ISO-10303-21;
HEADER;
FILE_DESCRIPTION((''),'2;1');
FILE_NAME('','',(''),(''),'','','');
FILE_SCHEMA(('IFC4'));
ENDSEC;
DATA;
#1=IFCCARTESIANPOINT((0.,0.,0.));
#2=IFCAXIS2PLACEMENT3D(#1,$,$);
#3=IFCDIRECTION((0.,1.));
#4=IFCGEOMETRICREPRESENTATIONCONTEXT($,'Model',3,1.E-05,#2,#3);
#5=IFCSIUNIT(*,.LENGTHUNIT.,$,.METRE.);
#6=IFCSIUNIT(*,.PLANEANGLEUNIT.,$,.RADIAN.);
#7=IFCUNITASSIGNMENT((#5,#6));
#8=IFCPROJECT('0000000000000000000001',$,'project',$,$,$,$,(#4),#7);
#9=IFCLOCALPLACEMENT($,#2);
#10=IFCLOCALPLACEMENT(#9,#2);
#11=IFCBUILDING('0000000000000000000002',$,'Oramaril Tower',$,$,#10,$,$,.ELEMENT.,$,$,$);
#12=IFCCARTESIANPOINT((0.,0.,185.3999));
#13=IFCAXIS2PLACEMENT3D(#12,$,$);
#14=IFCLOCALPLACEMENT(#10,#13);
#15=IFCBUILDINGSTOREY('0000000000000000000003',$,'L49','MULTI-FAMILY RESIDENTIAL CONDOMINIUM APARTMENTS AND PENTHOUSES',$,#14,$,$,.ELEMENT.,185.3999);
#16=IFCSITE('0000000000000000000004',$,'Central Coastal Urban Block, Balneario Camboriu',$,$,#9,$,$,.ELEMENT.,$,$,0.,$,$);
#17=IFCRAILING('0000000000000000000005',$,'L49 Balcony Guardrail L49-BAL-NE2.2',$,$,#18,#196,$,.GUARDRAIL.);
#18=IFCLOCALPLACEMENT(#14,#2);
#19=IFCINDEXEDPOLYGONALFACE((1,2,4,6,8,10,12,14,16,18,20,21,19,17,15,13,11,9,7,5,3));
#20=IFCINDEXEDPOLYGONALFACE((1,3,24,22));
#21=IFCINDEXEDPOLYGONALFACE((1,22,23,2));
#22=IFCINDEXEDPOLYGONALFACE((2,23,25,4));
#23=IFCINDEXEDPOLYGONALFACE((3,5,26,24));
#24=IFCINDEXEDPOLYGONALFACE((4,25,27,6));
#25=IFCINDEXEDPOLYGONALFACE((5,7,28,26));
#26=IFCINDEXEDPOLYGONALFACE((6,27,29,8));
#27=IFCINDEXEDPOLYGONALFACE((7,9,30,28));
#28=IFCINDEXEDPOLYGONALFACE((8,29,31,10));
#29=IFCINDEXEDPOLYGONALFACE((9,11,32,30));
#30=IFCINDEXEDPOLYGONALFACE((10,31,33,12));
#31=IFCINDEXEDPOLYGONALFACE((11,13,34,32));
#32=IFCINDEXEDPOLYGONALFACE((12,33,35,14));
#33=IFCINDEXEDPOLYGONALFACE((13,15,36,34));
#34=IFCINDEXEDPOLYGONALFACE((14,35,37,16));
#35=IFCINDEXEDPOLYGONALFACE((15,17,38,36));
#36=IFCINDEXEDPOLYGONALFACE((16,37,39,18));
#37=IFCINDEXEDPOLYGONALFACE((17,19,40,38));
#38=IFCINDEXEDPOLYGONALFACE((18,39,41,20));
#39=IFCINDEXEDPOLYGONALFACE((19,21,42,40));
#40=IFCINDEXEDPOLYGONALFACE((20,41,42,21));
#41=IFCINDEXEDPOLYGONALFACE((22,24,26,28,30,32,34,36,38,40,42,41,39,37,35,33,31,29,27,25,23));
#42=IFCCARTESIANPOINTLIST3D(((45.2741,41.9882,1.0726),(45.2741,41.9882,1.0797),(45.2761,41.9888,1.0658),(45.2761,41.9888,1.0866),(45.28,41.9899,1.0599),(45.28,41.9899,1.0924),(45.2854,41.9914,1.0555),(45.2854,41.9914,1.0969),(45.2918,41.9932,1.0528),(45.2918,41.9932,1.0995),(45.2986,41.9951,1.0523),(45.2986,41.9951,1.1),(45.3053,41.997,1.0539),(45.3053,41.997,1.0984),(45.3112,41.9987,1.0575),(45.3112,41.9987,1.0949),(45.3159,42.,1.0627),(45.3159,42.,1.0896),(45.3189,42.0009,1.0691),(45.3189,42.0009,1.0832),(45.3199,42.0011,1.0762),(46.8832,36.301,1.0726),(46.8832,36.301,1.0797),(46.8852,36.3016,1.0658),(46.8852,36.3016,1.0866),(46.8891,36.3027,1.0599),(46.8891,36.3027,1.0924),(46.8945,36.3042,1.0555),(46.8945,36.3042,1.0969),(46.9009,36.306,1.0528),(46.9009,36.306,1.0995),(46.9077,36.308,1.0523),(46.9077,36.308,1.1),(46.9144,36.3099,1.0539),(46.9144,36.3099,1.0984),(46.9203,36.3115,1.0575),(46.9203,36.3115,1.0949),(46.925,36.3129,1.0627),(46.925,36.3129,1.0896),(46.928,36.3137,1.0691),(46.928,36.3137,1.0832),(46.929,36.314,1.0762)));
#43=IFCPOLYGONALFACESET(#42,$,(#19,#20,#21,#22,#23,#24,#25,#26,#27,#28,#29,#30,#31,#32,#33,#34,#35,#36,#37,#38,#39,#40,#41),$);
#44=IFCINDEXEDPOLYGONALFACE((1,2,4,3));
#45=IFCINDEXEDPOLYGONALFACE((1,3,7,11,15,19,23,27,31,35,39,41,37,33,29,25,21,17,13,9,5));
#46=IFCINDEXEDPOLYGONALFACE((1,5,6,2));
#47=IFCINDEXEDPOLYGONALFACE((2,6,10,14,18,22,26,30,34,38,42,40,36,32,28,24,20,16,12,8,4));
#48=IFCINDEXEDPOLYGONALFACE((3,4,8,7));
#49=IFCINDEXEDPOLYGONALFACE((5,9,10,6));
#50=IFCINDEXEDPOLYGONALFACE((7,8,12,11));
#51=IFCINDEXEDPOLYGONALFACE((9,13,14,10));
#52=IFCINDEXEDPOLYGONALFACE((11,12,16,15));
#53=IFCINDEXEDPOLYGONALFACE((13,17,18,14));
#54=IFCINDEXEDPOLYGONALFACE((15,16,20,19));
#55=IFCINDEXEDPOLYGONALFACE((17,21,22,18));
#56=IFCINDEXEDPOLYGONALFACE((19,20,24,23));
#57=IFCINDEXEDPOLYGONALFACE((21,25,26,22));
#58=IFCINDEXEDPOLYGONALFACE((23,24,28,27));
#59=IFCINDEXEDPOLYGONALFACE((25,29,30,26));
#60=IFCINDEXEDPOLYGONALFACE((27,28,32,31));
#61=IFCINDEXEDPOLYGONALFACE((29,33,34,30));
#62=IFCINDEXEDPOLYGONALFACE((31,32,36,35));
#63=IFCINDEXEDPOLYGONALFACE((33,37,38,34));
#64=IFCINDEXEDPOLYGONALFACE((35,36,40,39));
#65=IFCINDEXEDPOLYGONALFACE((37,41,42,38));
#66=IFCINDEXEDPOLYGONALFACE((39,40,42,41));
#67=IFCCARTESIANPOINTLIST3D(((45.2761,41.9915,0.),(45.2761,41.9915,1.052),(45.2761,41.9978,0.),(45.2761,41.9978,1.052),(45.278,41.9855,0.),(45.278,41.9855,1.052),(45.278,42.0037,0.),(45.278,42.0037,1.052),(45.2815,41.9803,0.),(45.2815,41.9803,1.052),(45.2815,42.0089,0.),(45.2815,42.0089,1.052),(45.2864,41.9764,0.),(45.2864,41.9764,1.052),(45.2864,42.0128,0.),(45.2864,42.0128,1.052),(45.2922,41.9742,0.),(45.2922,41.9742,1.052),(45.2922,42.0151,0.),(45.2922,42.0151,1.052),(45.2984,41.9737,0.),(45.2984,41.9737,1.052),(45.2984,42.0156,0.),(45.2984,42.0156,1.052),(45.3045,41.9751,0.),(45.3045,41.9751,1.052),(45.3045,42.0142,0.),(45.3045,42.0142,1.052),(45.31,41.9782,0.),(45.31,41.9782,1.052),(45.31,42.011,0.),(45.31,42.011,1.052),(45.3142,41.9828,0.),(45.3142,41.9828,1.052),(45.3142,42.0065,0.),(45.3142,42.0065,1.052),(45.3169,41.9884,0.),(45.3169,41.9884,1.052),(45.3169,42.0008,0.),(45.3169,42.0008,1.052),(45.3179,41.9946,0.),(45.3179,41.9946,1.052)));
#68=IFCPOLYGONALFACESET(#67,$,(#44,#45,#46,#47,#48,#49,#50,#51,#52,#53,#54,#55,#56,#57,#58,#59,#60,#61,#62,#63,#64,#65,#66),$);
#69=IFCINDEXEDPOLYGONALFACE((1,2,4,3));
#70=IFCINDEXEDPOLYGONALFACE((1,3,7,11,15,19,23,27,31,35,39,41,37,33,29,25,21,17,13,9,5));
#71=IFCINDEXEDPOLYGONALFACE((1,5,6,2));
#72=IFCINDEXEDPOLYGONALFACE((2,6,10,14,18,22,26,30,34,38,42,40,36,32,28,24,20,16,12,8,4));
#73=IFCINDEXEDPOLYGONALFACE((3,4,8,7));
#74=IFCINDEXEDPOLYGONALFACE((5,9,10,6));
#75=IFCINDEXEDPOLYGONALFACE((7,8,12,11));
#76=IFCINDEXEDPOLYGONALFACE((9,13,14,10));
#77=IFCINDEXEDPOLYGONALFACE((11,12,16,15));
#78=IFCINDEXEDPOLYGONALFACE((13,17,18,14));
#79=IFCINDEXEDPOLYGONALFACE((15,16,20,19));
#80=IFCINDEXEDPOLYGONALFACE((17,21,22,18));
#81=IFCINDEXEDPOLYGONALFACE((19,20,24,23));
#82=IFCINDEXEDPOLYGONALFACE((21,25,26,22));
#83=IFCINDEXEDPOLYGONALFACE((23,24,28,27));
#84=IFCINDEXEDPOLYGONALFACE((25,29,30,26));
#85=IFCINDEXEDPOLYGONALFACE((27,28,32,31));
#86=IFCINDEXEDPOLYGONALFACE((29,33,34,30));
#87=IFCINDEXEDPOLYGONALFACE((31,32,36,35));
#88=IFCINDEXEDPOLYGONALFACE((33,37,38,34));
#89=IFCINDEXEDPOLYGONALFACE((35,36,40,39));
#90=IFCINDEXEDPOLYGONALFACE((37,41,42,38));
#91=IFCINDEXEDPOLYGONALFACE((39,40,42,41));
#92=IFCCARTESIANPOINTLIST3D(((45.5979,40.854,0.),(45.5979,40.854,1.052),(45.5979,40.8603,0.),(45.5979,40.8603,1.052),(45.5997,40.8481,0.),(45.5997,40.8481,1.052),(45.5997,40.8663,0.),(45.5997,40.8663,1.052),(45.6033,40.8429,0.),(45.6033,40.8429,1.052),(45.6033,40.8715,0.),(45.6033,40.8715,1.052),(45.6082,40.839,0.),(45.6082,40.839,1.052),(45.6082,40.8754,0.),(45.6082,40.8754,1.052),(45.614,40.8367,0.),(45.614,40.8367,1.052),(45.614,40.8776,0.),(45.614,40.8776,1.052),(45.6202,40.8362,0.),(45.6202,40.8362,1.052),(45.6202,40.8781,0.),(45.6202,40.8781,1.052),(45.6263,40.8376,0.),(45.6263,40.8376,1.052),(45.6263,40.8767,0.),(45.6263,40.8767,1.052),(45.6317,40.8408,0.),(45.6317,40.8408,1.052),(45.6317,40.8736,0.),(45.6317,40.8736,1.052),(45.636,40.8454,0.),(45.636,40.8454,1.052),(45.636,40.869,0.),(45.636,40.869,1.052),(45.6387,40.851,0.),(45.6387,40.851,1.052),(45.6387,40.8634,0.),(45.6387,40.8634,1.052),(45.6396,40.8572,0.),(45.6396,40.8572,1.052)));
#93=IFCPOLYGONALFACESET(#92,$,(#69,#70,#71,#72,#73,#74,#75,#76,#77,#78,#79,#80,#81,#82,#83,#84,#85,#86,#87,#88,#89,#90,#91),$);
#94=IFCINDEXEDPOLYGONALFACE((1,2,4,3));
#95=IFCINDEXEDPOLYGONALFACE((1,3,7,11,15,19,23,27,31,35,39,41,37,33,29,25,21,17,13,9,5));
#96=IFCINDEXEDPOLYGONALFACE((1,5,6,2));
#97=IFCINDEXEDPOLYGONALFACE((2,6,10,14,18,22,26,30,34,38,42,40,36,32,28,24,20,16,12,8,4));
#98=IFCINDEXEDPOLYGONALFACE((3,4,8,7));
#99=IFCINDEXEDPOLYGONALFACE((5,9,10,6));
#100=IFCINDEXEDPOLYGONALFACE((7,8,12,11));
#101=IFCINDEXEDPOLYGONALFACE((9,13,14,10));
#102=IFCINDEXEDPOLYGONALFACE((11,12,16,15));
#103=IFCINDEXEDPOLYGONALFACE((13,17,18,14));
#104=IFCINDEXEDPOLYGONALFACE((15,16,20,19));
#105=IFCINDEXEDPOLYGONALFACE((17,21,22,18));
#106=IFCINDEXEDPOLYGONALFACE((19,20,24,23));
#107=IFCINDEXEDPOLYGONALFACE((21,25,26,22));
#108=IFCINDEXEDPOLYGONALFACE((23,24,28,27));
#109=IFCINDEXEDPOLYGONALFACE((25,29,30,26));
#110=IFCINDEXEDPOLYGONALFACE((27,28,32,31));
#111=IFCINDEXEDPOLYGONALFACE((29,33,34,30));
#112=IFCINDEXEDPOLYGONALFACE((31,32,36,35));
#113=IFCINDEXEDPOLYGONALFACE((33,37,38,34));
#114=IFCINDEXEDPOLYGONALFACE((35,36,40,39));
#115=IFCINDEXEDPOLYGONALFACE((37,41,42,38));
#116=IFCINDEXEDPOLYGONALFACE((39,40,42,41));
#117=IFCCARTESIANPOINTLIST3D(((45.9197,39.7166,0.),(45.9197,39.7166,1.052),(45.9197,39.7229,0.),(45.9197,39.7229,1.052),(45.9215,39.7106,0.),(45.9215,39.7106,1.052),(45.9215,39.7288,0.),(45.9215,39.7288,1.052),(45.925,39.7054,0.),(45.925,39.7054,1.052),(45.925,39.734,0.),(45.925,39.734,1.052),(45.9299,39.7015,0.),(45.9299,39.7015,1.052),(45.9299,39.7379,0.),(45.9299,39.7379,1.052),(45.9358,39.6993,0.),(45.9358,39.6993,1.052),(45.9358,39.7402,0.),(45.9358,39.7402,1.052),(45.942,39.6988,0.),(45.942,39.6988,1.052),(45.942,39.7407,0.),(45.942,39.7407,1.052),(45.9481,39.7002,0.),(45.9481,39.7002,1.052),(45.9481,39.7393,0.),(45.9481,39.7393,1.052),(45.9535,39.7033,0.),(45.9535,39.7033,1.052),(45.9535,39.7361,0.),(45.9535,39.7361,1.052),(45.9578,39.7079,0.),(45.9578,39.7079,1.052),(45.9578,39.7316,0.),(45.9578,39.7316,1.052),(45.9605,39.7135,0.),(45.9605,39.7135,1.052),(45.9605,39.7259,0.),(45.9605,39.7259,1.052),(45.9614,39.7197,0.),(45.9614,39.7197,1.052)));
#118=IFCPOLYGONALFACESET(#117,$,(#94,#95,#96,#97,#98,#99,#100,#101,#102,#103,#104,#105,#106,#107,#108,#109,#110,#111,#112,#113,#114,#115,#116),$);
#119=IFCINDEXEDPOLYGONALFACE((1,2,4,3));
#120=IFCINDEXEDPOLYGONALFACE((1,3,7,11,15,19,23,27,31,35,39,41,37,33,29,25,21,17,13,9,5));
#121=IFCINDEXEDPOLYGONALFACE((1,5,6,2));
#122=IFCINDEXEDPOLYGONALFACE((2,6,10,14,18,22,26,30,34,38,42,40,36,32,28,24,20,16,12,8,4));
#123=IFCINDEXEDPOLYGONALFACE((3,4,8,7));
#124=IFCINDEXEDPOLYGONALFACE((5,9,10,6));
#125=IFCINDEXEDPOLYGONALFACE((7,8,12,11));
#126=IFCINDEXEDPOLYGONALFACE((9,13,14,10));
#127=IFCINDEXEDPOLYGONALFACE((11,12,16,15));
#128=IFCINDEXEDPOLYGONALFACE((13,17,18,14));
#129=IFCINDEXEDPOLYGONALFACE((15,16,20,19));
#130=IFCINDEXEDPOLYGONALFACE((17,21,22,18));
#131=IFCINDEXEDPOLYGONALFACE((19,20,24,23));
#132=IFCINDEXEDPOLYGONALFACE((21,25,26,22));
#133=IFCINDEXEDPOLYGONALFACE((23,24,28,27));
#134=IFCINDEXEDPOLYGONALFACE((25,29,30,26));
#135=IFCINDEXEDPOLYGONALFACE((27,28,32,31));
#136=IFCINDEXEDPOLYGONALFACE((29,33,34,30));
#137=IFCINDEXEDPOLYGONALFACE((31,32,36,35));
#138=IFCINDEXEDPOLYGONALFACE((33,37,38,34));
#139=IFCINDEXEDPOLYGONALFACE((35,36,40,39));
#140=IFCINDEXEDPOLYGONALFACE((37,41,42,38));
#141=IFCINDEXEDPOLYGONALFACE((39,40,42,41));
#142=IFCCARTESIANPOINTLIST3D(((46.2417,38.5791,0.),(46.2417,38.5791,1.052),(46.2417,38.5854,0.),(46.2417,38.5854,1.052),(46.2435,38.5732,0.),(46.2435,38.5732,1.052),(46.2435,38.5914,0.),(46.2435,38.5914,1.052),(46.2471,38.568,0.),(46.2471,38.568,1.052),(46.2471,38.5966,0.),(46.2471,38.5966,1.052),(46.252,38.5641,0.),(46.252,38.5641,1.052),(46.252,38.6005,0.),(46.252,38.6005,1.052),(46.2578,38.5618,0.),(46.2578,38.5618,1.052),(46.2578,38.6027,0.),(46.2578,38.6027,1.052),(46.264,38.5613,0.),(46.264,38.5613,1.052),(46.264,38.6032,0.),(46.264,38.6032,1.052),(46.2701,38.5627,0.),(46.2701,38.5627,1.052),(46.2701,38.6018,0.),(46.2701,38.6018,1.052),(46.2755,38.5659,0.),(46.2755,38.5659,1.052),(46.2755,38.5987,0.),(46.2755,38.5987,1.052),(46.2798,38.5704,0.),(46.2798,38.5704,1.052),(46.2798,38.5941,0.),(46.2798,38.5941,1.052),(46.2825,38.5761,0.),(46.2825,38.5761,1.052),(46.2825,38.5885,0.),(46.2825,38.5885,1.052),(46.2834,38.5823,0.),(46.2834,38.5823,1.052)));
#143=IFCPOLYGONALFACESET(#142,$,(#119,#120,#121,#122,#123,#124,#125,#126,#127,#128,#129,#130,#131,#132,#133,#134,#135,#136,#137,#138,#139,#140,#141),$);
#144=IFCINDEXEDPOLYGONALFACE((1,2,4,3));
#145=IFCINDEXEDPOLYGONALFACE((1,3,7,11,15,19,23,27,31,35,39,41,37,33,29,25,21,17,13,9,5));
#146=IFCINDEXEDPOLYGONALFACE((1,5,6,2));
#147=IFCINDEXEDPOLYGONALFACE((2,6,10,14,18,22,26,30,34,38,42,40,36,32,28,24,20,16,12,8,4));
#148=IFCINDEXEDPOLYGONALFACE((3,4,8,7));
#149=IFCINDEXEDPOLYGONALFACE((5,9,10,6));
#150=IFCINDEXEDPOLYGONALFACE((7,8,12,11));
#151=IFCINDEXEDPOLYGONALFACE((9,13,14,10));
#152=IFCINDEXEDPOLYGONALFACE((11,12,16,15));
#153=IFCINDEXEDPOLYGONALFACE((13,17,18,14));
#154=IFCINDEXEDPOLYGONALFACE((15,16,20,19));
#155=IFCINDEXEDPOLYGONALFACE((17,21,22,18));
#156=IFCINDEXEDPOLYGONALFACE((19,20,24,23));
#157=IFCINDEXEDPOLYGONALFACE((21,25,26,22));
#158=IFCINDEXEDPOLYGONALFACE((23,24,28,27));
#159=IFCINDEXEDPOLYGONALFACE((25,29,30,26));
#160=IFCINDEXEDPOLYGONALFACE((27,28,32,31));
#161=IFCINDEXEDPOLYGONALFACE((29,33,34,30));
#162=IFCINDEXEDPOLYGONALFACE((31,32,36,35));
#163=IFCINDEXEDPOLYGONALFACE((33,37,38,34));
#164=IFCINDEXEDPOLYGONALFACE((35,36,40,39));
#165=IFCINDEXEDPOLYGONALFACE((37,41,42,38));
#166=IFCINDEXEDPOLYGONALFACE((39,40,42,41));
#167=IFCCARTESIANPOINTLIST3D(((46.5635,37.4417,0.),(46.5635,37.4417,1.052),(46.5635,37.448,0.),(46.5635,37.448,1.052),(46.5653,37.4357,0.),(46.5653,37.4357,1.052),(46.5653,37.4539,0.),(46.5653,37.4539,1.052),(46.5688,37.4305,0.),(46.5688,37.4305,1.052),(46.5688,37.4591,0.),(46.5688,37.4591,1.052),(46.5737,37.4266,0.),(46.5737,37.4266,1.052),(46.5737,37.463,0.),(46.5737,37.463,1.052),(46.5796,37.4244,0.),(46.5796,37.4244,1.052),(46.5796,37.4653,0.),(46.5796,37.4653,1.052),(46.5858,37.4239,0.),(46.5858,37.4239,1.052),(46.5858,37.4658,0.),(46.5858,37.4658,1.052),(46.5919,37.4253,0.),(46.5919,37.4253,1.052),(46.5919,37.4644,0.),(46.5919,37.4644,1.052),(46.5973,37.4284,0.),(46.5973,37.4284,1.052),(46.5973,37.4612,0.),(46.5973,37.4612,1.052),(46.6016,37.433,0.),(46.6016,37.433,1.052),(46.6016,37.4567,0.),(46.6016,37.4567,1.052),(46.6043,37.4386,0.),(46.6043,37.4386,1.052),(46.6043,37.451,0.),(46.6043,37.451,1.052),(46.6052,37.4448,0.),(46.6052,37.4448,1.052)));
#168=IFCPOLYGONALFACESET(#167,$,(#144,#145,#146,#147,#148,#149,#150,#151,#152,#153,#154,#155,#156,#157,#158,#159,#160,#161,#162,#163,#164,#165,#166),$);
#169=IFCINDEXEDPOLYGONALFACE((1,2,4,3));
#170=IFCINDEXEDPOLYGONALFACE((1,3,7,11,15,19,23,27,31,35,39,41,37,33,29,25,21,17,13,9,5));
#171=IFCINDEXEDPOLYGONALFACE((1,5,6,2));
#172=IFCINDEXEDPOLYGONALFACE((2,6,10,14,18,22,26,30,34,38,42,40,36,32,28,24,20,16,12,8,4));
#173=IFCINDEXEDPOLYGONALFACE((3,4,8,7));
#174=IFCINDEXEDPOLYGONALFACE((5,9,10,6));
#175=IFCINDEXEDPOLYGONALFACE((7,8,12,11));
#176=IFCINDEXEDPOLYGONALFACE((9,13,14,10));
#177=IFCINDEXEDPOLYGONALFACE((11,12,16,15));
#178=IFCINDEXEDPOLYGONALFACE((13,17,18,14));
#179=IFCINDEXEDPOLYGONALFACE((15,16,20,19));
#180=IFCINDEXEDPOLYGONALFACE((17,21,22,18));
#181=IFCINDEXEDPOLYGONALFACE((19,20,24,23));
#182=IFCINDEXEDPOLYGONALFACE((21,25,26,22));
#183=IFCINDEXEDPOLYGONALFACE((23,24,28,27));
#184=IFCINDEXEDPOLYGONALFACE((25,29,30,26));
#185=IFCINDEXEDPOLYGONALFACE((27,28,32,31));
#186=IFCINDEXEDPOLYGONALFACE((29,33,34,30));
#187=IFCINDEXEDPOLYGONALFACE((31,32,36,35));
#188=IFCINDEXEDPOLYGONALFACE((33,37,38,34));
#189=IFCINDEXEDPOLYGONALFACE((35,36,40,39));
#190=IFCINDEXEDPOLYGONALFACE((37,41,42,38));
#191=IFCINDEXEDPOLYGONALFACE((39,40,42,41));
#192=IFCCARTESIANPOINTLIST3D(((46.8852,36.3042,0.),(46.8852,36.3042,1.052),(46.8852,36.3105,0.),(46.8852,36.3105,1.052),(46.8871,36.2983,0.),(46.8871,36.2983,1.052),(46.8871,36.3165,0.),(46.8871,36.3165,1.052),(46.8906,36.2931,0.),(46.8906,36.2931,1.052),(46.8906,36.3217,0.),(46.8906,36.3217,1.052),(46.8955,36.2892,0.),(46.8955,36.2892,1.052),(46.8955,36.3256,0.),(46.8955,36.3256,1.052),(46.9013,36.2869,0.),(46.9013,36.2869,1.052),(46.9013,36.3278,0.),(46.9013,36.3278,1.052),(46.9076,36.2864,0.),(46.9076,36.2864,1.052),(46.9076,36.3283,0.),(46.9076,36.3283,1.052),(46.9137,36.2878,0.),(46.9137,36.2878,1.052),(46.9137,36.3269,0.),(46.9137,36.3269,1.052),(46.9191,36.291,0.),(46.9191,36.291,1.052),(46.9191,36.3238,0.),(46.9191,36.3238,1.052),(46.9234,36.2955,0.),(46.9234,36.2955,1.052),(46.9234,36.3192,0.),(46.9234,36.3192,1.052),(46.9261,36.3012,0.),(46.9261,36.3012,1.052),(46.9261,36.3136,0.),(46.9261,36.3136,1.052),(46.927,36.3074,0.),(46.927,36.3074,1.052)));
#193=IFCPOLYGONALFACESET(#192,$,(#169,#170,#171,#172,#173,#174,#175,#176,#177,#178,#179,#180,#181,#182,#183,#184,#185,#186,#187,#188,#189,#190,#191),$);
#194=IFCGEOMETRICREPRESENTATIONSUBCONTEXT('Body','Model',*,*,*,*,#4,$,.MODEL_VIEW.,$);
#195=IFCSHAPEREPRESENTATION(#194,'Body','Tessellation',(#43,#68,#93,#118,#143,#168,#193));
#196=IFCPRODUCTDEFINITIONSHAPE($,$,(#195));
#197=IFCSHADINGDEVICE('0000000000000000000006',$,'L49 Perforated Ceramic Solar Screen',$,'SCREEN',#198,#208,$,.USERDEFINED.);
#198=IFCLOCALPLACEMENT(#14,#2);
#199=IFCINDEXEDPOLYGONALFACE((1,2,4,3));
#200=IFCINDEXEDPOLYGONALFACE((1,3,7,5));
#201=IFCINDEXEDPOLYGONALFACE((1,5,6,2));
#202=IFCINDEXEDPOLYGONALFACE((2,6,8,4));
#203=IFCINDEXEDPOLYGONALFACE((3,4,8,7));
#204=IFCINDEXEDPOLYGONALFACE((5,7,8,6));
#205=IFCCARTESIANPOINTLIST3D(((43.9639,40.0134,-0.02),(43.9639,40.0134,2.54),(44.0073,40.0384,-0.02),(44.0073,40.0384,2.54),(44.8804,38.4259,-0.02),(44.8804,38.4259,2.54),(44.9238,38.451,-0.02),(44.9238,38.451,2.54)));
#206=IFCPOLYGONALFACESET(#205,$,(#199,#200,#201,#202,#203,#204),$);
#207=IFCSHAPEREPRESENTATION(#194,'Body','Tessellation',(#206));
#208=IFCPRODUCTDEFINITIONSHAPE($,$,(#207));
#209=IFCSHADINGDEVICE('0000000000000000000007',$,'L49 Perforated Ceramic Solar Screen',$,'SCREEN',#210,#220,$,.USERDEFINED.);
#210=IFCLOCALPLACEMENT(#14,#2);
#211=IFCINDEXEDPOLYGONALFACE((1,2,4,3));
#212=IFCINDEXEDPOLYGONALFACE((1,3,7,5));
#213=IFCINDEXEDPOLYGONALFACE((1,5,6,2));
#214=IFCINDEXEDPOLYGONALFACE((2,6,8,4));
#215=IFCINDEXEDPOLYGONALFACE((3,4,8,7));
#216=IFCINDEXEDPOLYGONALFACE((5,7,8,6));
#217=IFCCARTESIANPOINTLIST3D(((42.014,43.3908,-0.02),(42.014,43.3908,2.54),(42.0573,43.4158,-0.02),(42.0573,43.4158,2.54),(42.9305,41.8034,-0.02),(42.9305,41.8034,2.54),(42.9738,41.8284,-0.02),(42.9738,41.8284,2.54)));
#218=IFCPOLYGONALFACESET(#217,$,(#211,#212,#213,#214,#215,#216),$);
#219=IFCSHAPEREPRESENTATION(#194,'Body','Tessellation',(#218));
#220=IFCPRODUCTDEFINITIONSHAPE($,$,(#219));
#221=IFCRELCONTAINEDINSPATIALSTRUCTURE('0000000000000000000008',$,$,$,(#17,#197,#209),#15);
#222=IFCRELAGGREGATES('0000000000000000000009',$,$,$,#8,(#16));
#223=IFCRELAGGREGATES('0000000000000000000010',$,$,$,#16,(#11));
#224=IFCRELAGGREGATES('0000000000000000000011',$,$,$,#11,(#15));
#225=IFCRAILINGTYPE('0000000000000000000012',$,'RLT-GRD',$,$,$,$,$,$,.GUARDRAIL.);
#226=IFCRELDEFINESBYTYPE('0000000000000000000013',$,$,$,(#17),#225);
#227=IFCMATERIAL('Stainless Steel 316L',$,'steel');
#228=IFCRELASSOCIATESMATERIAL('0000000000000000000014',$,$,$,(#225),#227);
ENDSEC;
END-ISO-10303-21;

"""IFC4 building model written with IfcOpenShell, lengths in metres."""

from ifc_helpers import new_model, si_unit, direction, frame, origin, origin_2d, place, context, subcontext, project, spatial, rectangle, circle, extrude, material, type_object, element, save


model = new_model("IFC4")

# Units and contexts
model_context = context("Model", 3, precision=1e-05, world=origin(), true_north=direction((0.0, 1.0)))
body_context = subcontext(model_context, "Body", "Model", "MODEL_VIEW")
ifc_project = project(units=[si_unit("LENGTHUNIT", "METRE"), si_unit("PLANEANGLEUNIT", "RADIAN")], contexts=[model_context])

# Site, building, storey
site_placement = place(None, origin())
site = spatial("IfcSite", under=ifc_project, at=site_placement, Name="Central Coastal Urban Block, Balneario Camboriu", CompositionType="ELEMENT", RefElevation=0.0)
building_placement = place(site_placement, origin())
building = spatial("IfcBuilding", under=site, at=building_placement, Name="Oramaril Tower", CompositionType="ELEMENT")
storey_placement = place(building_placement, frame((0.0, 0.0, 185.3999)))
storey = spatial("IfcBuildingStorey", under=building, at=storey_placement, Name="L49", Description="MULTI-FAMILY RESIDENTIAL CONDOMINIUM APARTMENTS AND PENTHOUSES", CompositionType="ELEMENT", Elevation=185.3999)

# Railing
ifc_material_1 = material(Name="Stainless Steel 316L", Category="steel")
railing_type = type_object("IfcRailingType", Name="RLT-GRD", PredefinedType="GUARDRAIL", material=ifc_material_1)
railing_1_placement = place(storey_placement, frame((45.2969, 41.9946, 0.0)))
element("IfcRailing", 1, at=railing_1_placement, inside=storey, type_object=railing_type, Name="L49 Balcony Guardrail L49-BAL-NE2.2", PredefinedType="GUARDRAIL", context=body_context, shape_type="SweptSolid", body=[
    extrude(circle(Radius=0.0239, at=origin_2d()), frame((0.0, 0.0, 1.0762), z_axis=(0.272249, -0.962227, 0.0), x_axis=(0.962227, 0.272249, 0.0)), (0.0, 0.0, 1.0), 5.9104),
    extrude(circle(Radius=0.021, at=origin_2d()), origin(), (0.0, 0.0, 1.0), 1.052),
    extrude(circle(Radius=0.021, at=origin_2d()), frame((0.3218, -1.1375, 0.0)), (0.0, 0.0, 1.0), 1.052),
    extrude(circle(Radius=0.021, at=origin_2d()), frame((0.6436, -2.2749, 0.0)), (0.0, 0.0, 1.0), 1.052),
    extrude(circle(Radius=0.021, at=origin_2d()), frame((0.9656, -3.4124, 0.0)), (0.0, 0.0, 1.0), 1.052),
    extrude(circle(Radius=0.021, at=origin_2d()), frame((1.2874, -4.5498, 0.0)), (0.0, 0.0, 1.0), 1.052),
    extrude(circle(Radius=0.021, at=origin_2d()), frame((1.6091, -5.6873, 0.0)), (0.0, 0.0, 1.0), 1.052),
])

# Shading devices
for number, where, z_axis, x_axis, name in (
    (2, (44.4438, 39.2322, -0.02), (0.0, 0.0, 1.0), (-0.5, 0.866025, 0.0), "L49 Perforated Ceramic Solar Screen"),
    (3, (42.4939, 42.6096, -0.02), (0.0, 0.0, 1.0), (-0.5, 0.866025, 0.0), "L49 Perforated Ceramic Solar Screen"),
):
    element("IfcShadingDevice", number, at=place(storey_placement, frame(where, z_axis=z_axis, x_axis=x_axis)), inside=storey, Name=name, ObjectType="SCREEN", PredefinedType="USERDEFINED", context=body_context, shape_type="SweptSolid", body=[
        extrude(rectangle(XDim=1.833, YDim=0.05, at=origin_2d()), origin(), (0.0, 0.0, 1.0), 2.5601),
    ])

save(model, "model.ifc")
